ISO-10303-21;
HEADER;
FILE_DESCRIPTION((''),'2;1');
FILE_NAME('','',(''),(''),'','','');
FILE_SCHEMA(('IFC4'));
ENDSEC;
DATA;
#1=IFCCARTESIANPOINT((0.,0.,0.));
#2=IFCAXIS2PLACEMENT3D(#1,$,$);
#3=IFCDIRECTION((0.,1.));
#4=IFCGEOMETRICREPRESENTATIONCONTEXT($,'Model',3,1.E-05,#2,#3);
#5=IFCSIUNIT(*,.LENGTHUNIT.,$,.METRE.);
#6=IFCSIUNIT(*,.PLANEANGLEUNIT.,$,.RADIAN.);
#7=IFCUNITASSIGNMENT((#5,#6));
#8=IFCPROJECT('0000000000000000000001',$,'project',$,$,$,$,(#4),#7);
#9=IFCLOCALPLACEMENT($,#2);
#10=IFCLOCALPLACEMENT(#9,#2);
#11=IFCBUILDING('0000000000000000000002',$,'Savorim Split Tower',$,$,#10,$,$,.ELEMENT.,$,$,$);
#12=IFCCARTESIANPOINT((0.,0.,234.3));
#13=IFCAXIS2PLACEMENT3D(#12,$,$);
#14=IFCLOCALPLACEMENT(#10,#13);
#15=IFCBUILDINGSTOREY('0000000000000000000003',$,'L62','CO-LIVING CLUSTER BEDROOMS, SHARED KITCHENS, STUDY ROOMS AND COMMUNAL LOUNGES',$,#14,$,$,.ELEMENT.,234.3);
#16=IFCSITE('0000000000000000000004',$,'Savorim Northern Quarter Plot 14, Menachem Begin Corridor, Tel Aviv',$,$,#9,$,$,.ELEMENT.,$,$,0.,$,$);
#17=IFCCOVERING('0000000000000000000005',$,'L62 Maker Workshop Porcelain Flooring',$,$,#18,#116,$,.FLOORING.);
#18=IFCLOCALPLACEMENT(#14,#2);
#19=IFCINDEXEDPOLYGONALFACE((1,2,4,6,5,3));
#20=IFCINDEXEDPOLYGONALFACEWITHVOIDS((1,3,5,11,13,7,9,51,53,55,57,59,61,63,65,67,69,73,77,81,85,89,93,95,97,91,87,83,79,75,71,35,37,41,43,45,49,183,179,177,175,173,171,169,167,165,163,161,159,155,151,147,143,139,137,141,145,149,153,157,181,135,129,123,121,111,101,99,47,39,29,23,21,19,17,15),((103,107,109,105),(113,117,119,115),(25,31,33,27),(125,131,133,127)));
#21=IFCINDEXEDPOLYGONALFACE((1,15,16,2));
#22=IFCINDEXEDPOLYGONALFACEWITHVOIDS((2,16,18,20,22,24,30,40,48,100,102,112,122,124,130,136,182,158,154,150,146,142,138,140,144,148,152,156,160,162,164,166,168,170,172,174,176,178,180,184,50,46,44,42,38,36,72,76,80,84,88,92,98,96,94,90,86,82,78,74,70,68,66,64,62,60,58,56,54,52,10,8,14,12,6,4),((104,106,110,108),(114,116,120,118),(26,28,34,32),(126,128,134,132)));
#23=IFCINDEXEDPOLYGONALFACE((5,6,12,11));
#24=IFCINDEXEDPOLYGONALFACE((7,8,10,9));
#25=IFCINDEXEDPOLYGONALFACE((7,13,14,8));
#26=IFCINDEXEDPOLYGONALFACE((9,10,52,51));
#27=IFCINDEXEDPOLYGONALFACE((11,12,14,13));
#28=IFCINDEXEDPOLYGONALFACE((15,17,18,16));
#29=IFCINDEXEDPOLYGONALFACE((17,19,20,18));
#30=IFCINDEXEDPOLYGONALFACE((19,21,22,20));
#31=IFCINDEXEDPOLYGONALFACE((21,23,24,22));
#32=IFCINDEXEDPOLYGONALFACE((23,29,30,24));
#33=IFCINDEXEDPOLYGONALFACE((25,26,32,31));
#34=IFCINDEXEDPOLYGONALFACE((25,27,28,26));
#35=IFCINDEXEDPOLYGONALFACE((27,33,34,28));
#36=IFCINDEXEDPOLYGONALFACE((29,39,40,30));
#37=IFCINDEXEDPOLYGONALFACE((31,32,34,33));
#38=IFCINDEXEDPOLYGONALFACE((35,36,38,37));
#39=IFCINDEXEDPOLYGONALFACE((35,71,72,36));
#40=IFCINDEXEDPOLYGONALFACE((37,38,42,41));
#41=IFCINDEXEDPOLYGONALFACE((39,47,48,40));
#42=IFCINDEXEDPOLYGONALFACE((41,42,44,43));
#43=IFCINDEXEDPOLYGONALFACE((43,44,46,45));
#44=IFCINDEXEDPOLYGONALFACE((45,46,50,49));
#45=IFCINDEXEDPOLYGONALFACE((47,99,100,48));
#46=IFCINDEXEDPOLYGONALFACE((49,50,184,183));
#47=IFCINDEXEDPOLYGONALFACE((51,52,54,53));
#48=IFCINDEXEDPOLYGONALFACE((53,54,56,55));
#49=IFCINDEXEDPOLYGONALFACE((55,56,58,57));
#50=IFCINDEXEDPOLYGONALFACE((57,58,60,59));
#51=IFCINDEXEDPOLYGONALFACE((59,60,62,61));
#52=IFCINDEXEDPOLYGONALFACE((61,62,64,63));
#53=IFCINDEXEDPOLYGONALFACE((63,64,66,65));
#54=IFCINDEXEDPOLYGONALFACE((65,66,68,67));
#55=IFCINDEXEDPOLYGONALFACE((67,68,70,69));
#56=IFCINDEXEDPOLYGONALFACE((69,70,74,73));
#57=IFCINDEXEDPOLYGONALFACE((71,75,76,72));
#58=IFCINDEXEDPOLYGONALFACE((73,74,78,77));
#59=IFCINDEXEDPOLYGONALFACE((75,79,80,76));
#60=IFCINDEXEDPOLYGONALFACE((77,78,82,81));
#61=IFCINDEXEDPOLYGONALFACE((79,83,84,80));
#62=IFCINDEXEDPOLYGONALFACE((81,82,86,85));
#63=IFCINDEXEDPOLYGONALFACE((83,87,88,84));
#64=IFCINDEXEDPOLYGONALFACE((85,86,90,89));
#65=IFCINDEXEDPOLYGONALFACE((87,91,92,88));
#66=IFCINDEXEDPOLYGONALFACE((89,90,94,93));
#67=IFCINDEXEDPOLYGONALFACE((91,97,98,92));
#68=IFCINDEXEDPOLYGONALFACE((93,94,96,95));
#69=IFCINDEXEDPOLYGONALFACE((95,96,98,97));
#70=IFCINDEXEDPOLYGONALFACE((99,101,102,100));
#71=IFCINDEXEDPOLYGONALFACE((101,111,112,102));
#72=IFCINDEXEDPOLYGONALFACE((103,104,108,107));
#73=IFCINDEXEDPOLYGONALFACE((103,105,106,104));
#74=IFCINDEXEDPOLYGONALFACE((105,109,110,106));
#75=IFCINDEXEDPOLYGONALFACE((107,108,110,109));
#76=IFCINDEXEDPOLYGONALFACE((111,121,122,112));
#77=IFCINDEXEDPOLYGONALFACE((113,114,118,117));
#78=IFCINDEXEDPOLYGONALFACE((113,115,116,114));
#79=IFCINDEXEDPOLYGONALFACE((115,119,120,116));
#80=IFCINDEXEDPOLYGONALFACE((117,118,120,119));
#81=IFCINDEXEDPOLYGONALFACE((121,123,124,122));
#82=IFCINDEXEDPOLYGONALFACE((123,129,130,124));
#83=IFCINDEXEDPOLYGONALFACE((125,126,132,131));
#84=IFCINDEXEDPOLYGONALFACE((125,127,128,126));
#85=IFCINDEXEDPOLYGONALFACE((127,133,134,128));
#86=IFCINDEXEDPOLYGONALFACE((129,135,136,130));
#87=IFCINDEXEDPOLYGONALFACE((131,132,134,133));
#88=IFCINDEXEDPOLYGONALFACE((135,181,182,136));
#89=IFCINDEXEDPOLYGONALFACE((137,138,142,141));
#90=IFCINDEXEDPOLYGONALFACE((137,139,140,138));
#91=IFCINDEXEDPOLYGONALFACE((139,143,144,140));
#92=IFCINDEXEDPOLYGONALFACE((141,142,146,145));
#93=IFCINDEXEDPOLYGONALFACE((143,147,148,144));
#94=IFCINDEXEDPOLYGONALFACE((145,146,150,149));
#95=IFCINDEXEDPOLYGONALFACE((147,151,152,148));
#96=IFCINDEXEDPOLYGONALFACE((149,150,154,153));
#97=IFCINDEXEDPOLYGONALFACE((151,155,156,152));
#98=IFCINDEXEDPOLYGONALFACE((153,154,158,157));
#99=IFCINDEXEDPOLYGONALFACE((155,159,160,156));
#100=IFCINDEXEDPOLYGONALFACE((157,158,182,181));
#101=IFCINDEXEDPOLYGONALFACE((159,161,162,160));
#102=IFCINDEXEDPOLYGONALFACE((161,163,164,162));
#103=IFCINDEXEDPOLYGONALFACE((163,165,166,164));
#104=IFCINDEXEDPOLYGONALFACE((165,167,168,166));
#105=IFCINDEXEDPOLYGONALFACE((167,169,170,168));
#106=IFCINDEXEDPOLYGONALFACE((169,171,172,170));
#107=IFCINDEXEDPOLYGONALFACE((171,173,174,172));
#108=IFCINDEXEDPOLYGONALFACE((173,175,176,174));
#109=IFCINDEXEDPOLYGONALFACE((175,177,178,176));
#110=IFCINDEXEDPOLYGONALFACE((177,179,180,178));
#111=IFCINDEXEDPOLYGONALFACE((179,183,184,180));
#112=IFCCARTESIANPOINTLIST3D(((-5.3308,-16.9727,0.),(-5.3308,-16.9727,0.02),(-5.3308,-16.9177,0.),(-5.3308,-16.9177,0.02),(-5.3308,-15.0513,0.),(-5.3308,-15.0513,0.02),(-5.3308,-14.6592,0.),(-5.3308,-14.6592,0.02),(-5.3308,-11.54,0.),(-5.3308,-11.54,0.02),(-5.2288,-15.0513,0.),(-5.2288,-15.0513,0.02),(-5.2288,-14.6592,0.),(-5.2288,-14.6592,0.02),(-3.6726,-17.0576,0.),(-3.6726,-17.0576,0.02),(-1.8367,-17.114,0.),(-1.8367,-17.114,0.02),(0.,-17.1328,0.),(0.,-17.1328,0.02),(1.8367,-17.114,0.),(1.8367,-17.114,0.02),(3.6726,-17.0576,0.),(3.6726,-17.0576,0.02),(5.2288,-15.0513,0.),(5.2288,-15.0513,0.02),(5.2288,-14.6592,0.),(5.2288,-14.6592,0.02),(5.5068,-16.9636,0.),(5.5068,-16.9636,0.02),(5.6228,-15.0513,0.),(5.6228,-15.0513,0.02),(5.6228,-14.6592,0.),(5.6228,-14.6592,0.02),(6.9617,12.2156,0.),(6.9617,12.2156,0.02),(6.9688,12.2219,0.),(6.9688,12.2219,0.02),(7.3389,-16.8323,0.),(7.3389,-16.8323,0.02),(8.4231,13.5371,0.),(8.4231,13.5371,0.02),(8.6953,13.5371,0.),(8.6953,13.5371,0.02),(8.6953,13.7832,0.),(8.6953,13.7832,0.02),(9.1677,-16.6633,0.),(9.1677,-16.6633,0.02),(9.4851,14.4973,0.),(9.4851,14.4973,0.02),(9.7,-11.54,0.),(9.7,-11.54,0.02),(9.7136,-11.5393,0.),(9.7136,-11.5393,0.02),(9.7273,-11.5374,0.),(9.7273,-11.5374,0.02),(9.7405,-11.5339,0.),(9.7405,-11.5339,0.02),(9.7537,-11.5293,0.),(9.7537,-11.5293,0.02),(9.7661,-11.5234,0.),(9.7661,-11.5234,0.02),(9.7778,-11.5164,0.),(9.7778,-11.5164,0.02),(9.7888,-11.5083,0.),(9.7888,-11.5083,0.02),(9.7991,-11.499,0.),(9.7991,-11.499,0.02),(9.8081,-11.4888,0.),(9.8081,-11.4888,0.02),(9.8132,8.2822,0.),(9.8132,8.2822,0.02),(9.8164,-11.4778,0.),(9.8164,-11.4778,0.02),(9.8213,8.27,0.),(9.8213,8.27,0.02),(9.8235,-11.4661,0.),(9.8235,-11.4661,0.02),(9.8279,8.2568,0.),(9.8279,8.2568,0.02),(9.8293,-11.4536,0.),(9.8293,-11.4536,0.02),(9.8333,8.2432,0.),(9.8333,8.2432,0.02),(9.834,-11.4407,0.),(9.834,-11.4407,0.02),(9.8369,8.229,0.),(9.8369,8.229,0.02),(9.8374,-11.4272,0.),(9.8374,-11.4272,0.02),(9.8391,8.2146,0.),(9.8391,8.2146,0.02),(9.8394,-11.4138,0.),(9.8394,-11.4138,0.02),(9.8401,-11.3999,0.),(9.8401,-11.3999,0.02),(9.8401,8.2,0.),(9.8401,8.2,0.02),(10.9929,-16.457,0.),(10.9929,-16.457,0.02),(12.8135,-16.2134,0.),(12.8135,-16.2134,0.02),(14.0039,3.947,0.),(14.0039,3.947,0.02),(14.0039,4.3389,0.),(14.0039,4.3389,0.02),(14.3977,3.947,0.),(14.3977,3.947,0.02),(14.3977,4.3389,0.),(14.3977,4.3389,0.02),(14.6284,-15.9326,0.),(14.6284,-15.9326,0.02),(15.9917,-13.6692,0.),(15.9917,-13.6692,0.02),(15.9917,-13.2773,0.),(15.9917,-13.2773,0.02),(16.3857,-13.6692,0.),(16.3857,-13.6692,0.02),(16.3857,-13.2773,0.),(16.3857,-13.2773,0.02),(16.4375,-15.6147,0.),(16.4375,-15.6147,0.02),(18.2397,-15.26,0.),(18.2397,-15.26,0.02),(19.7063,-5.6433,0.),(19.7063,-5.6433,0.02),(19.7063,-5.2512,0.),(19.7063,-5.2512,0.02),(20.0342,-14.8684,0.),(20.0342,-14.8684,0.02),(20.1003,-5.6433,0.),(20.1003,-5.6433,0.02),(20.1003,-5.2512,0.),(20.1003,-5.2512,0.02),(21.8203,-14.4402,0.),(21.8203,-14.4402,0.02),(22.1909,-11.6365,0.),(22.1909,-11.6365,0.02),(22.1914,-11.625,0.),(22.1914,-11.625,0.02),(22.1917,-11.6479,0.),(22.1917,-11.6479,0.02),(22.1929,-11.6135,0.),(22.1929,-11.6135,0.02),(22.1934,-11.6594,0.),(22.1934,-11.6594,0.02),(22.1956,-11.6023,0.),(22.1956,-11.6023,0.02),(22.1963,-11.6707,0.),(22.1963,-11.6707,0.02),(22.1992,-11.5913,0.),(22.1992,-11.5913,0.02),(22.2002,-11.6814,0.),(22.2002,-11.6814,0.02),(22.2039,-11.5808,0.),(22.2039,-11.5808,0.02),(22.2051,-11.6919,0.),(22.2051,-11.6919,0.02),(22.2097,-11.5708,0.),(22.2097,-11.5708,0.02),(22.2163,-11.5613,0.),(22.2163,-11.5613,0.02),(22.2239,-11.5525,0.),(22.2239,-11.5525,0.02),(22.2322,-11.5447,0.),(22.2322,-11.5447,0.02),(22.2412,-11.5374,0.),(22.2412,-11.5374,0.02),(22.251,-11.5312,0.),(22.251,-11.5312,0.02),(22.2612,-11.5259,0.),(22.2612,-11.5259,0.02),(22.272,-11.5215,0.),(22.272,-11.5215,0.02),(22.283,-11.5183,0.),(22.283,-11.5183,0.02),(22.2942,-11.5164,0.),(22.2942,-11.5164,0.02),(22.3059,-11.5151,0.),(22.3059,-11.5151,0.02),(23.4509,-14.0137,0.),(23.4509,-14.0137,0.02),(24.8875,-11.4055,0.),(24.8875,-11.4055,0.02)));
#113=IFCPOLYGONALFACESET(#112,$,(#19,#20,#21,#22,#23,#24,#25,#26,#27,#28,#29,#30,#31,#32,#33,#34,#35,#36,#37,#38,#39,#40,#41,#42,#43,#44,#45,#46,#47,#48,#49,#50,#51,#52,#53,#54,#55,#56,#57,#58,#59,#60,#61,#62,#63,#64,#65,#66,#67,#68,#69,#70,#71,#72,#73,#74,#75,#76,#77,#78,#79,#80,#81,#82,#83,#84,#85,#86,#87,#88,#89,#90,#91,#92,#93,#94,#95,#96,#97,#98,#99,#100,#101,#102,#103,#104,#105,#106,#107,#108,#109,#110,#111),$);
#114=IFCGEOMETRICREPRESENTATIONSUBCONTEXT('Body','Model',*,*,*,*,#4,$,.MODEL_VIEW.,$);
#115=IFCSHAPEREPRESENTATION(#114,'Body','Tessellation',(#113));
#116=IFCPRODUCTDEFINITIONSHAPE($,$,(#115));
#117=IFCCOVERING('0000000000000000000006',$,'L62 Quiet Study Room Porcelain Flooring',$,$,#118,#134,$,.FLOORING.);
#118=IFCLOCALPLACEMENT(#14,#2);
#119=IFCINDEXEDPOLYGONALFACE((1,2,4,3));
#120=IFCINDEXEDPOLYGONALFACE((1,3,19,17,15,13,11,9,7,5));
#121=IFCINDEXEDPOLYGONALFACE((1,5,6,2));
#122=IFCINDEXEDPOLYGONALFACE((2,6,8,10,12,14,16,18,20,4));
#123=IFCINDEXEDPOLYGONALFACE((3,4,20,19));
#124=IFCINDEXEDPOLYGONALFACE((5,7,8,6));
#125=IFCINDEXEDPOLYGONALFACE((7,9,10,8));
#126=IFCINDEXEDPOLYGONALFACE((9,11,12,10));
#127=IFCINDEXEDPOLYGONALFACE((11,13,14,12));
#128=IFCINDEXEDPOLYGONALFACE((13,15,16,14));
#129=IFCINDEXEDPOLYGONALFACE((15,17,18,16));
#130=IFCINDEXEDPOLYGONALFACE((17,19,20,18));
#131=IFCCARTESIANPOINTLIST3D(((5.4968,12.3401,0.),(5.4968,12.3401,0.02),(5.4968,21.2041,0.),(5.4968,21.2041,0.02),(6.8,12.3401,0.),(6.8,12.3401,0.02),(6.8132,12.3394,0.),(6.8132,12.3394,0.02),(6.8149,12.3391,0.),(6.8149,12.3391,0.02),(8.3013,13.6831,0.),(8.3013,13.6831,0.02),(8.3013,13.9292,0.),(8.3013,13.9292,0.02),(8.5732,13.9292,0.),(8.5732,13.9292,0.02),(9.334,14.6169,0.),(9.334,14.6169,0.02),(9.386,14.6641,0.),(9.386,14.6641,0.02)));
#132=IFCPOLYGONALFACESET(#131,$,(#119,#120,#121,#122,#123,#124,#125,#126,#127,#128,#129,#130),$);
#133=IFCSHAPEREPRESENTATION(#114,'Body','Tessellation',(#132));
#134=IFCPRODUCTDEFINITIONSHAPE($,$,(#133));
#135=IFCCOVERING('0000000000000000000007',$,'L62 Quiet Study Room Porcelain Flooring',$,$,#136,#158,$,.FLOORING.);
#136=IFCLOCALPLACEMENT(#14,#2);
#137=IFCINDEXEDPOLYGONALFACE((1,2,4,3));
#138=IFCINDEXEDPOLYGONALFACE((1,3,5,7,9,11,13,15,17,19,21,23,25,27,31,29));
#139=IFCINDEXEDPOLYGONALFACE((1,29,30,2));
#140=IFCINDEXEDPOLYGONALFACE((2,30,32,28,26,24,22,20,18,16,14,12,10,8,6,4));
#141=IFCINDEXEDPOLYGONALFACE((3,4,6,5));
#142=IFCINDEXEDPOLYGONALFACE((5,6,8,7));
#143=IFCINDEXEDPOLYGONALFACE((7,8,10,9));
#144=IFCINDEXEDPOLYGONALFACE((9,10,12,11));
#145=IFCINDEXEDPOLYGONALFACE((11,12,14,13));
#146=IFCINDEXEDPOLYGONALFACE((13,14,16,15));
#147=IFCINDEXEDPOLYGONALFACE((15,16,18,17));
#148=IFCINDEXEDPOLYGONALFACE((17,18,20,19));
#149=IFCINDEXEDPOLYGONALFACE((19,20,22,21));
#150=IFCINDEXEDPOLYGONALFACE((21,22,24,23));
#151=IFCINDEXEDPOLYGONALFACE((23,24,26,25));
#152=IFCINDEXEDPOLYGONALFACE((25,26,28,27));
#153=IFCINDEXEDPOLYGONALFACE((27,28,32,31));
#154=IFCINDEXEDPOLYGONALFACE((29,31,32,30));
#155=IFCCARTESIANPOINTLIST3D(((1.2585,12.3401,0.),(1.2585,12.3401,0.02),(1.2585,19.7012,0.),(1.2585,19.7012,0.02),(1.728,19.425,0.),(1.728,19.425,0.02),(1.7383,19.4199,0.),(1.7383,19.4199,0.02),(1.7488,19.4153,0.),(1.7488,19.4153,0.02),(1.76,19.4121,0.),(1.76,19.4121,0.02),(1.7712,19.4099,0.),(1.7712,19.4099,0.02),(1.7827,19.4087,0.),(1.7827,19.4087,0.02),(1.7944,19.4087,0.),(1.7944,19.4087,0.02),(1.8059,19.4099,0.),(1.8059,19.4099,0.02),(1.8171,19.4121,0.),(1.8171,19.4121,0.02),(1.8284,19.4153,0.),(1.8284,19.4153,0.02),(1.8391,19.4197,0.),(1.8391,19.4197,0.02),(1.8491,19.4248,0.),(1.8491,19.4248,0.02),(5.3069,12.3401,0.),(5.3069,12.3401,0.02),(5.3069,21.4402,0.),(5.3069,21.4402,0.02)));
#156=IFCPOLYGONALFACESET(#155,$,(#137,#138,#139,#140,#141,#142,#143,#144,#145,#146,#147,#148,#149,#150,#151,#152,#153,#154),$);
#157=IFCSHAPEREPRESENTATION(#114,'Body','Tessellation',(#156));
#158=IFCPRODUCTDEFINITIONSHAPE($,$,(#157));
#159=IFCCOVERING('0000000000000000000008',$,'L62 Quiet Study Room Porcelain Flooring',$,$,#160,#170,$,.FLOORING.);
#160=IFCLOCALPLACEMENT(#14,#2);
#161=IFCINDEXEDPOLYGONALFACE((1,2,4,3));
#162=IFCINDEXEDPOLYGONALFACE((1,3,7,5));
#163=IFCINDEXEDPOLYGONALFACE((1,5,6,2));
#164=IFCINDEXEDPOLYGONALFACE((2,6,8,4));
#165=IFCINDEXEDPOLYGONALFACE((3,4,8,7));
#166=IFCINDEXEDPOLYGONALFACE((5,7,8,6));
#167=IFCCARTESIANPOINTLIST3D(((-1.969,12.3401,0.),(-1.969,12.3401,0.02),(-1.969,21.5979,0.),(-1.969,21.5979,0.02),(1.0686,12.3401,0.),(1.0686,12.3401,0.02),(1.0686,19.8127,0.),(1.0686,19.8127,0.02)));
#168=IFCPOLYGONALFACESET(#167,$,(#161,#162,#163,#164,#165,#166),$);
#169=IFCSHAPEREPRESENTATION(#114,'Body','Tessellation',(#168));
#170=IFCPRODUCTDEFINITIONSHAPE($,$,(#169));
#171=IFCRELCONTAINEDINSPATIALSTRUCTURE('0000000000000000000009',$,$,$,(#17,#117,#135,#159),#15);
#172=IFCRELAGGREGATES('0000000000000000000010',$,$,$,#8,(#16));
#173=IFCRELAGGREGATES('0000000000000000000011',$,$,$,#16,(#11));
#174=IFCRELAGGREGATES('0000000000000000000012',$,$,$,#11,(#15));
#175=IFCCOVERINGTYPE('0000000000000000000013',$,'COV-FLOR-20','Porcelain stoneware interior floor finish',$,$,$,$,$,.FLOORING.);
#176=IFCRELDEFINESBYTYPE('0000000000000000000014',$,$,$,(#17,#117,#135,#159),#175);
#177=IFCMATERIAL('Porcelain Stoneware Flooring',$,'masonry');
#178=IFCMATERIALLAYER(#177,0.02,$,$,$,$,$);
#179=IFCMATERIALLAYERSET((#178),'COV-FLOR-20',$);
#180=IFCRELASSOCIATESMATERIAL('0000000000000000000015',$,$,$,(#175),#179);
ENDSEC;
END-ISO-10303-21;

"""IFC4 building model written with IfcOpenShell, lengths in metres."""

from ifc_helpers import new_model, si_unit, direction, frame, origin, place, context, subcontext, project, spatial, polyline, outline, extrude, material, layer, layer_set, type_object, element, save


model = new_model("IFC4")

# Units and contexts
model_context = context("Model", 3, precision=1e-05, world=origin(), true_north=direction((0.0, 1.0)))
body_context = subcontext(model_context, "Body", "Model", "MODEL_VIEW")
ifc_project = project(units=[si_unit("LENGTHUNIT", "METRE"), si_unit("PLANEANGLEUNIT", "RADIAN")], contexts=[model_context])

# Site, building, storey
site_placement = place(None, origin())
site = spatial("IfcSite", under=ifc_project, at=site_placement, Name="Savorim Northern Quarter Plot 14, Menachem Begin Corridor, Tel Aviv", CompositionType="ELEMENT", RefElevation=0.0)
building_placement = place(site_placement, origin())
building = spatial("IfcBuilding", under=site, at=building_placement, Name="Savorim Split Tower", CompositionType="ELEMENT")
storey_placement = place(building_placement, frame((0.0, 0.0, 234.3)))
storey = spatial("IfcBuildingStorey", under=building, at=storey_placement, Name="L62", Description="CO-LIVING CLUSTER BEDROOMS, SHARED KITCHENS, STUDY ROOMS AND COMMUNAL LOUNGES", CompositionType="ELEMENT", Elevation=234.3)

# Coverings
ifc_material_1 = material(Name="Porcelain Stoneware Flooring", Category="masonry")
ifc_layer_1 = layer(ifc_material_1, 0.02)
ifc_layer_set_1 = layer_set([ifc_layer_1], Name="COV-FLOR-20")
covering_type_1 = type_object("IfcCoveringType", Name="COV-FLOR-20", Description="Porcelain stoneware interior floor finish", PredefinedType="FLOORING", material=ifc_layer_set_1)
covering_1_placement = place(storey_placement, origin())
element("IfcCovering", 1, at=covering_1_placement, inside=storey, type_object=covering_type_1, Name="L62 Maker Workshop Porcelain Flooring", PredefinedType="FLOORING", context=body_context, shape_type="SweptSolid", body=[
    extrude(outline(polyline([(22.283, -11.5183), (22.2942, -11.5164), (22.3059, -11.5151), (24.8875, -11.4055), (9.4851, 14.4973), (8.6953, 13.7832), (8.6953, 13.5371), (8.4231, 13.5371), (6.9688, 12.2219), (6.9617, 12.2156), (9.8132, 8.2822), (9.8213, 8.27), (9.8279, 8.2568), (9.8333, 8.2432), (9.8369, 8.229), (9.8391, 8.2146), (9.8401, 8.2), (9.8401, -11.3999), (9.8394, -11.4138), (9.8374, -11.4272), (9.834, -11.4407), (9.8293, -11.4536), (9.8235, -11.4661), (9.8164, -11.4778), (9.8081, -11.4888), (9.7991, -11.499), (9.7888, -11.5083), (9.7778, -11.5164), (9.7661, -11.5234), (9.7537, -11.5293), (9.7405, -11.5339), (9.7273, -11.5374), (9.7136, -11.5393), (9.7, -11.54), (-5.3308, -11.54), (-5.3308, -14.6592), (-5.2288, -14.6592), (-5.2288, -15.0513), (-5.3308, -15.0513), (-5.3308, -16.9177), (-5.3308, -16.9727), (-3.6726, -17.0576), (-1.8367, -17.114), (0.0, -17.1328), (1.8367, -17.114), (3.6726, -17.0576), (5.5068, -16.9636), (7.3389, -16.8323), (9.1677, -16.6633), (10.9929, -16.457), (12.8135, -16.2134), (14.6284, -15.9326), (16.4375, -15.6147), (18.2397, -15.26), (20.0342, -14.8684), (21.8203, -14.4402), (23.4509, -14.0137), (22.2051, -11.6919), (22.2002, -11.6814), (22.1963, -11.6707), (22.1934, -11.6594), (22.1917, -11.6479), (22.1909, -11.6365), (22.1914, -11.625), (22.1929, -11.6135), (22.1956, -11.6023), (22.1992, -11.5913), (22.2039, -11.5808), (22.2097, -11.5708), (22.2163, -11.5613), (22.2239, -11.5525), (22.2322, -11.5447), (22.2412, -11.5374), (22.251, -11.5312), (22.2612, -11.5259), (22.272, -11.5215), (22.283, -11.5183)]), holes=[polyline([(5.2288, -15.0513), (5.6228, -15.0513), (5.6228, -14.6592), (5.2288, -14.6592), (5.2288, -15.0513)]), polyline([(16.3857, -13.6692), (16.3857, -13.2773), (15.9917, -13.2773), (15.9917, -13.6692), (16.3857, -13.6692)]), polyline([(20.1003, -5.6433), (20.1003, -5.2512), (19.7063, -5.2512), (19.7063, -5.6433), (20.1003, -5.6433)]), polyline([(14.3977, 3.947), (14.3977, 4.3389), (14.0039, 4.3389), (14.0039, 3.947), (14.3977, 3.947)])]), origin(), (0.0, 0.0, 1.0), 0.02),
])
covering_2_placement = place(storey_placement, origin())
element("IfcCovering", 2, at=covering_2_placement, inside=storey, type_object=covering_type_1, Name="L62 Quiet Study Room Porcelain Flooring", PredefinedType="FLOORING", context=body_context, shape_type="SweptSolid", body=[
    extrude(outline(polyline([(8.5732, 13.9292), (9.334, 14.6169), (9.386, 14.6641), (5.4968, 21.2041), (5.4968, 12.3401), (6.8, 12.3401), (6.8132, 12.3394), (6.8149, 12.3391), (8.3013, 13.6831), (8.3013, 13.9292), (8.5732, 13.9292)])), origin(), (0.0, 0.0, 1.0), 0.02),
])
covering_3_placement = place(storey_placement, origin())
element("IfcCovering", 3, at=covering_3_placement, inside=storey, type_object=covering_type_1, Name="L62 Quiet Study Room Porcelain Flooring", PredefinedType="FLOORING", context=body_context, shape_type="SweptSolid", body=[
    extrude(outline(polyline([(1.7488, 19.4153), (1.7383, 19.4199), (1.728, 19.425), (1.2585, 19.7012), (1.2585, 12.3401), (5.3069, 12.3401), (5.3069, 21.4402), (1.8491, 19.4248), (1.8391, 19.4197), (1.8284, 19.4153), (1.8171, 19.4121), (1.8059, 19.4099), (1.7944, 19.4087), (1.7827, 19.4087), (1.7712, 19.4099), (1.76, 19.4121), (1.7488, 19.4153)])), origin(), (0.0, 0.0, 1.0), 0.02),
])
covering_4_placement = place(storey_placement, origin())
element("IfcCovering", 4, at=covering_4_placement, inside=storey, type_object=covering_type_1, Name="L62 Quiet Study Room Porcelain Flooring", PredefinedType="FLOORING", context=body_context, shape_type="SweptSolid", body=[
    extrude(outline(polyline([(-1.969, 12.3401), (1.0686, 12.3401), (1.0686, 19.8127), (-1.969, 21.5979), (-1.969, 12.3401)])), origin(), (0.0, 0.0, 1.0), 0.02),
])

save(model, "model.ifc")
